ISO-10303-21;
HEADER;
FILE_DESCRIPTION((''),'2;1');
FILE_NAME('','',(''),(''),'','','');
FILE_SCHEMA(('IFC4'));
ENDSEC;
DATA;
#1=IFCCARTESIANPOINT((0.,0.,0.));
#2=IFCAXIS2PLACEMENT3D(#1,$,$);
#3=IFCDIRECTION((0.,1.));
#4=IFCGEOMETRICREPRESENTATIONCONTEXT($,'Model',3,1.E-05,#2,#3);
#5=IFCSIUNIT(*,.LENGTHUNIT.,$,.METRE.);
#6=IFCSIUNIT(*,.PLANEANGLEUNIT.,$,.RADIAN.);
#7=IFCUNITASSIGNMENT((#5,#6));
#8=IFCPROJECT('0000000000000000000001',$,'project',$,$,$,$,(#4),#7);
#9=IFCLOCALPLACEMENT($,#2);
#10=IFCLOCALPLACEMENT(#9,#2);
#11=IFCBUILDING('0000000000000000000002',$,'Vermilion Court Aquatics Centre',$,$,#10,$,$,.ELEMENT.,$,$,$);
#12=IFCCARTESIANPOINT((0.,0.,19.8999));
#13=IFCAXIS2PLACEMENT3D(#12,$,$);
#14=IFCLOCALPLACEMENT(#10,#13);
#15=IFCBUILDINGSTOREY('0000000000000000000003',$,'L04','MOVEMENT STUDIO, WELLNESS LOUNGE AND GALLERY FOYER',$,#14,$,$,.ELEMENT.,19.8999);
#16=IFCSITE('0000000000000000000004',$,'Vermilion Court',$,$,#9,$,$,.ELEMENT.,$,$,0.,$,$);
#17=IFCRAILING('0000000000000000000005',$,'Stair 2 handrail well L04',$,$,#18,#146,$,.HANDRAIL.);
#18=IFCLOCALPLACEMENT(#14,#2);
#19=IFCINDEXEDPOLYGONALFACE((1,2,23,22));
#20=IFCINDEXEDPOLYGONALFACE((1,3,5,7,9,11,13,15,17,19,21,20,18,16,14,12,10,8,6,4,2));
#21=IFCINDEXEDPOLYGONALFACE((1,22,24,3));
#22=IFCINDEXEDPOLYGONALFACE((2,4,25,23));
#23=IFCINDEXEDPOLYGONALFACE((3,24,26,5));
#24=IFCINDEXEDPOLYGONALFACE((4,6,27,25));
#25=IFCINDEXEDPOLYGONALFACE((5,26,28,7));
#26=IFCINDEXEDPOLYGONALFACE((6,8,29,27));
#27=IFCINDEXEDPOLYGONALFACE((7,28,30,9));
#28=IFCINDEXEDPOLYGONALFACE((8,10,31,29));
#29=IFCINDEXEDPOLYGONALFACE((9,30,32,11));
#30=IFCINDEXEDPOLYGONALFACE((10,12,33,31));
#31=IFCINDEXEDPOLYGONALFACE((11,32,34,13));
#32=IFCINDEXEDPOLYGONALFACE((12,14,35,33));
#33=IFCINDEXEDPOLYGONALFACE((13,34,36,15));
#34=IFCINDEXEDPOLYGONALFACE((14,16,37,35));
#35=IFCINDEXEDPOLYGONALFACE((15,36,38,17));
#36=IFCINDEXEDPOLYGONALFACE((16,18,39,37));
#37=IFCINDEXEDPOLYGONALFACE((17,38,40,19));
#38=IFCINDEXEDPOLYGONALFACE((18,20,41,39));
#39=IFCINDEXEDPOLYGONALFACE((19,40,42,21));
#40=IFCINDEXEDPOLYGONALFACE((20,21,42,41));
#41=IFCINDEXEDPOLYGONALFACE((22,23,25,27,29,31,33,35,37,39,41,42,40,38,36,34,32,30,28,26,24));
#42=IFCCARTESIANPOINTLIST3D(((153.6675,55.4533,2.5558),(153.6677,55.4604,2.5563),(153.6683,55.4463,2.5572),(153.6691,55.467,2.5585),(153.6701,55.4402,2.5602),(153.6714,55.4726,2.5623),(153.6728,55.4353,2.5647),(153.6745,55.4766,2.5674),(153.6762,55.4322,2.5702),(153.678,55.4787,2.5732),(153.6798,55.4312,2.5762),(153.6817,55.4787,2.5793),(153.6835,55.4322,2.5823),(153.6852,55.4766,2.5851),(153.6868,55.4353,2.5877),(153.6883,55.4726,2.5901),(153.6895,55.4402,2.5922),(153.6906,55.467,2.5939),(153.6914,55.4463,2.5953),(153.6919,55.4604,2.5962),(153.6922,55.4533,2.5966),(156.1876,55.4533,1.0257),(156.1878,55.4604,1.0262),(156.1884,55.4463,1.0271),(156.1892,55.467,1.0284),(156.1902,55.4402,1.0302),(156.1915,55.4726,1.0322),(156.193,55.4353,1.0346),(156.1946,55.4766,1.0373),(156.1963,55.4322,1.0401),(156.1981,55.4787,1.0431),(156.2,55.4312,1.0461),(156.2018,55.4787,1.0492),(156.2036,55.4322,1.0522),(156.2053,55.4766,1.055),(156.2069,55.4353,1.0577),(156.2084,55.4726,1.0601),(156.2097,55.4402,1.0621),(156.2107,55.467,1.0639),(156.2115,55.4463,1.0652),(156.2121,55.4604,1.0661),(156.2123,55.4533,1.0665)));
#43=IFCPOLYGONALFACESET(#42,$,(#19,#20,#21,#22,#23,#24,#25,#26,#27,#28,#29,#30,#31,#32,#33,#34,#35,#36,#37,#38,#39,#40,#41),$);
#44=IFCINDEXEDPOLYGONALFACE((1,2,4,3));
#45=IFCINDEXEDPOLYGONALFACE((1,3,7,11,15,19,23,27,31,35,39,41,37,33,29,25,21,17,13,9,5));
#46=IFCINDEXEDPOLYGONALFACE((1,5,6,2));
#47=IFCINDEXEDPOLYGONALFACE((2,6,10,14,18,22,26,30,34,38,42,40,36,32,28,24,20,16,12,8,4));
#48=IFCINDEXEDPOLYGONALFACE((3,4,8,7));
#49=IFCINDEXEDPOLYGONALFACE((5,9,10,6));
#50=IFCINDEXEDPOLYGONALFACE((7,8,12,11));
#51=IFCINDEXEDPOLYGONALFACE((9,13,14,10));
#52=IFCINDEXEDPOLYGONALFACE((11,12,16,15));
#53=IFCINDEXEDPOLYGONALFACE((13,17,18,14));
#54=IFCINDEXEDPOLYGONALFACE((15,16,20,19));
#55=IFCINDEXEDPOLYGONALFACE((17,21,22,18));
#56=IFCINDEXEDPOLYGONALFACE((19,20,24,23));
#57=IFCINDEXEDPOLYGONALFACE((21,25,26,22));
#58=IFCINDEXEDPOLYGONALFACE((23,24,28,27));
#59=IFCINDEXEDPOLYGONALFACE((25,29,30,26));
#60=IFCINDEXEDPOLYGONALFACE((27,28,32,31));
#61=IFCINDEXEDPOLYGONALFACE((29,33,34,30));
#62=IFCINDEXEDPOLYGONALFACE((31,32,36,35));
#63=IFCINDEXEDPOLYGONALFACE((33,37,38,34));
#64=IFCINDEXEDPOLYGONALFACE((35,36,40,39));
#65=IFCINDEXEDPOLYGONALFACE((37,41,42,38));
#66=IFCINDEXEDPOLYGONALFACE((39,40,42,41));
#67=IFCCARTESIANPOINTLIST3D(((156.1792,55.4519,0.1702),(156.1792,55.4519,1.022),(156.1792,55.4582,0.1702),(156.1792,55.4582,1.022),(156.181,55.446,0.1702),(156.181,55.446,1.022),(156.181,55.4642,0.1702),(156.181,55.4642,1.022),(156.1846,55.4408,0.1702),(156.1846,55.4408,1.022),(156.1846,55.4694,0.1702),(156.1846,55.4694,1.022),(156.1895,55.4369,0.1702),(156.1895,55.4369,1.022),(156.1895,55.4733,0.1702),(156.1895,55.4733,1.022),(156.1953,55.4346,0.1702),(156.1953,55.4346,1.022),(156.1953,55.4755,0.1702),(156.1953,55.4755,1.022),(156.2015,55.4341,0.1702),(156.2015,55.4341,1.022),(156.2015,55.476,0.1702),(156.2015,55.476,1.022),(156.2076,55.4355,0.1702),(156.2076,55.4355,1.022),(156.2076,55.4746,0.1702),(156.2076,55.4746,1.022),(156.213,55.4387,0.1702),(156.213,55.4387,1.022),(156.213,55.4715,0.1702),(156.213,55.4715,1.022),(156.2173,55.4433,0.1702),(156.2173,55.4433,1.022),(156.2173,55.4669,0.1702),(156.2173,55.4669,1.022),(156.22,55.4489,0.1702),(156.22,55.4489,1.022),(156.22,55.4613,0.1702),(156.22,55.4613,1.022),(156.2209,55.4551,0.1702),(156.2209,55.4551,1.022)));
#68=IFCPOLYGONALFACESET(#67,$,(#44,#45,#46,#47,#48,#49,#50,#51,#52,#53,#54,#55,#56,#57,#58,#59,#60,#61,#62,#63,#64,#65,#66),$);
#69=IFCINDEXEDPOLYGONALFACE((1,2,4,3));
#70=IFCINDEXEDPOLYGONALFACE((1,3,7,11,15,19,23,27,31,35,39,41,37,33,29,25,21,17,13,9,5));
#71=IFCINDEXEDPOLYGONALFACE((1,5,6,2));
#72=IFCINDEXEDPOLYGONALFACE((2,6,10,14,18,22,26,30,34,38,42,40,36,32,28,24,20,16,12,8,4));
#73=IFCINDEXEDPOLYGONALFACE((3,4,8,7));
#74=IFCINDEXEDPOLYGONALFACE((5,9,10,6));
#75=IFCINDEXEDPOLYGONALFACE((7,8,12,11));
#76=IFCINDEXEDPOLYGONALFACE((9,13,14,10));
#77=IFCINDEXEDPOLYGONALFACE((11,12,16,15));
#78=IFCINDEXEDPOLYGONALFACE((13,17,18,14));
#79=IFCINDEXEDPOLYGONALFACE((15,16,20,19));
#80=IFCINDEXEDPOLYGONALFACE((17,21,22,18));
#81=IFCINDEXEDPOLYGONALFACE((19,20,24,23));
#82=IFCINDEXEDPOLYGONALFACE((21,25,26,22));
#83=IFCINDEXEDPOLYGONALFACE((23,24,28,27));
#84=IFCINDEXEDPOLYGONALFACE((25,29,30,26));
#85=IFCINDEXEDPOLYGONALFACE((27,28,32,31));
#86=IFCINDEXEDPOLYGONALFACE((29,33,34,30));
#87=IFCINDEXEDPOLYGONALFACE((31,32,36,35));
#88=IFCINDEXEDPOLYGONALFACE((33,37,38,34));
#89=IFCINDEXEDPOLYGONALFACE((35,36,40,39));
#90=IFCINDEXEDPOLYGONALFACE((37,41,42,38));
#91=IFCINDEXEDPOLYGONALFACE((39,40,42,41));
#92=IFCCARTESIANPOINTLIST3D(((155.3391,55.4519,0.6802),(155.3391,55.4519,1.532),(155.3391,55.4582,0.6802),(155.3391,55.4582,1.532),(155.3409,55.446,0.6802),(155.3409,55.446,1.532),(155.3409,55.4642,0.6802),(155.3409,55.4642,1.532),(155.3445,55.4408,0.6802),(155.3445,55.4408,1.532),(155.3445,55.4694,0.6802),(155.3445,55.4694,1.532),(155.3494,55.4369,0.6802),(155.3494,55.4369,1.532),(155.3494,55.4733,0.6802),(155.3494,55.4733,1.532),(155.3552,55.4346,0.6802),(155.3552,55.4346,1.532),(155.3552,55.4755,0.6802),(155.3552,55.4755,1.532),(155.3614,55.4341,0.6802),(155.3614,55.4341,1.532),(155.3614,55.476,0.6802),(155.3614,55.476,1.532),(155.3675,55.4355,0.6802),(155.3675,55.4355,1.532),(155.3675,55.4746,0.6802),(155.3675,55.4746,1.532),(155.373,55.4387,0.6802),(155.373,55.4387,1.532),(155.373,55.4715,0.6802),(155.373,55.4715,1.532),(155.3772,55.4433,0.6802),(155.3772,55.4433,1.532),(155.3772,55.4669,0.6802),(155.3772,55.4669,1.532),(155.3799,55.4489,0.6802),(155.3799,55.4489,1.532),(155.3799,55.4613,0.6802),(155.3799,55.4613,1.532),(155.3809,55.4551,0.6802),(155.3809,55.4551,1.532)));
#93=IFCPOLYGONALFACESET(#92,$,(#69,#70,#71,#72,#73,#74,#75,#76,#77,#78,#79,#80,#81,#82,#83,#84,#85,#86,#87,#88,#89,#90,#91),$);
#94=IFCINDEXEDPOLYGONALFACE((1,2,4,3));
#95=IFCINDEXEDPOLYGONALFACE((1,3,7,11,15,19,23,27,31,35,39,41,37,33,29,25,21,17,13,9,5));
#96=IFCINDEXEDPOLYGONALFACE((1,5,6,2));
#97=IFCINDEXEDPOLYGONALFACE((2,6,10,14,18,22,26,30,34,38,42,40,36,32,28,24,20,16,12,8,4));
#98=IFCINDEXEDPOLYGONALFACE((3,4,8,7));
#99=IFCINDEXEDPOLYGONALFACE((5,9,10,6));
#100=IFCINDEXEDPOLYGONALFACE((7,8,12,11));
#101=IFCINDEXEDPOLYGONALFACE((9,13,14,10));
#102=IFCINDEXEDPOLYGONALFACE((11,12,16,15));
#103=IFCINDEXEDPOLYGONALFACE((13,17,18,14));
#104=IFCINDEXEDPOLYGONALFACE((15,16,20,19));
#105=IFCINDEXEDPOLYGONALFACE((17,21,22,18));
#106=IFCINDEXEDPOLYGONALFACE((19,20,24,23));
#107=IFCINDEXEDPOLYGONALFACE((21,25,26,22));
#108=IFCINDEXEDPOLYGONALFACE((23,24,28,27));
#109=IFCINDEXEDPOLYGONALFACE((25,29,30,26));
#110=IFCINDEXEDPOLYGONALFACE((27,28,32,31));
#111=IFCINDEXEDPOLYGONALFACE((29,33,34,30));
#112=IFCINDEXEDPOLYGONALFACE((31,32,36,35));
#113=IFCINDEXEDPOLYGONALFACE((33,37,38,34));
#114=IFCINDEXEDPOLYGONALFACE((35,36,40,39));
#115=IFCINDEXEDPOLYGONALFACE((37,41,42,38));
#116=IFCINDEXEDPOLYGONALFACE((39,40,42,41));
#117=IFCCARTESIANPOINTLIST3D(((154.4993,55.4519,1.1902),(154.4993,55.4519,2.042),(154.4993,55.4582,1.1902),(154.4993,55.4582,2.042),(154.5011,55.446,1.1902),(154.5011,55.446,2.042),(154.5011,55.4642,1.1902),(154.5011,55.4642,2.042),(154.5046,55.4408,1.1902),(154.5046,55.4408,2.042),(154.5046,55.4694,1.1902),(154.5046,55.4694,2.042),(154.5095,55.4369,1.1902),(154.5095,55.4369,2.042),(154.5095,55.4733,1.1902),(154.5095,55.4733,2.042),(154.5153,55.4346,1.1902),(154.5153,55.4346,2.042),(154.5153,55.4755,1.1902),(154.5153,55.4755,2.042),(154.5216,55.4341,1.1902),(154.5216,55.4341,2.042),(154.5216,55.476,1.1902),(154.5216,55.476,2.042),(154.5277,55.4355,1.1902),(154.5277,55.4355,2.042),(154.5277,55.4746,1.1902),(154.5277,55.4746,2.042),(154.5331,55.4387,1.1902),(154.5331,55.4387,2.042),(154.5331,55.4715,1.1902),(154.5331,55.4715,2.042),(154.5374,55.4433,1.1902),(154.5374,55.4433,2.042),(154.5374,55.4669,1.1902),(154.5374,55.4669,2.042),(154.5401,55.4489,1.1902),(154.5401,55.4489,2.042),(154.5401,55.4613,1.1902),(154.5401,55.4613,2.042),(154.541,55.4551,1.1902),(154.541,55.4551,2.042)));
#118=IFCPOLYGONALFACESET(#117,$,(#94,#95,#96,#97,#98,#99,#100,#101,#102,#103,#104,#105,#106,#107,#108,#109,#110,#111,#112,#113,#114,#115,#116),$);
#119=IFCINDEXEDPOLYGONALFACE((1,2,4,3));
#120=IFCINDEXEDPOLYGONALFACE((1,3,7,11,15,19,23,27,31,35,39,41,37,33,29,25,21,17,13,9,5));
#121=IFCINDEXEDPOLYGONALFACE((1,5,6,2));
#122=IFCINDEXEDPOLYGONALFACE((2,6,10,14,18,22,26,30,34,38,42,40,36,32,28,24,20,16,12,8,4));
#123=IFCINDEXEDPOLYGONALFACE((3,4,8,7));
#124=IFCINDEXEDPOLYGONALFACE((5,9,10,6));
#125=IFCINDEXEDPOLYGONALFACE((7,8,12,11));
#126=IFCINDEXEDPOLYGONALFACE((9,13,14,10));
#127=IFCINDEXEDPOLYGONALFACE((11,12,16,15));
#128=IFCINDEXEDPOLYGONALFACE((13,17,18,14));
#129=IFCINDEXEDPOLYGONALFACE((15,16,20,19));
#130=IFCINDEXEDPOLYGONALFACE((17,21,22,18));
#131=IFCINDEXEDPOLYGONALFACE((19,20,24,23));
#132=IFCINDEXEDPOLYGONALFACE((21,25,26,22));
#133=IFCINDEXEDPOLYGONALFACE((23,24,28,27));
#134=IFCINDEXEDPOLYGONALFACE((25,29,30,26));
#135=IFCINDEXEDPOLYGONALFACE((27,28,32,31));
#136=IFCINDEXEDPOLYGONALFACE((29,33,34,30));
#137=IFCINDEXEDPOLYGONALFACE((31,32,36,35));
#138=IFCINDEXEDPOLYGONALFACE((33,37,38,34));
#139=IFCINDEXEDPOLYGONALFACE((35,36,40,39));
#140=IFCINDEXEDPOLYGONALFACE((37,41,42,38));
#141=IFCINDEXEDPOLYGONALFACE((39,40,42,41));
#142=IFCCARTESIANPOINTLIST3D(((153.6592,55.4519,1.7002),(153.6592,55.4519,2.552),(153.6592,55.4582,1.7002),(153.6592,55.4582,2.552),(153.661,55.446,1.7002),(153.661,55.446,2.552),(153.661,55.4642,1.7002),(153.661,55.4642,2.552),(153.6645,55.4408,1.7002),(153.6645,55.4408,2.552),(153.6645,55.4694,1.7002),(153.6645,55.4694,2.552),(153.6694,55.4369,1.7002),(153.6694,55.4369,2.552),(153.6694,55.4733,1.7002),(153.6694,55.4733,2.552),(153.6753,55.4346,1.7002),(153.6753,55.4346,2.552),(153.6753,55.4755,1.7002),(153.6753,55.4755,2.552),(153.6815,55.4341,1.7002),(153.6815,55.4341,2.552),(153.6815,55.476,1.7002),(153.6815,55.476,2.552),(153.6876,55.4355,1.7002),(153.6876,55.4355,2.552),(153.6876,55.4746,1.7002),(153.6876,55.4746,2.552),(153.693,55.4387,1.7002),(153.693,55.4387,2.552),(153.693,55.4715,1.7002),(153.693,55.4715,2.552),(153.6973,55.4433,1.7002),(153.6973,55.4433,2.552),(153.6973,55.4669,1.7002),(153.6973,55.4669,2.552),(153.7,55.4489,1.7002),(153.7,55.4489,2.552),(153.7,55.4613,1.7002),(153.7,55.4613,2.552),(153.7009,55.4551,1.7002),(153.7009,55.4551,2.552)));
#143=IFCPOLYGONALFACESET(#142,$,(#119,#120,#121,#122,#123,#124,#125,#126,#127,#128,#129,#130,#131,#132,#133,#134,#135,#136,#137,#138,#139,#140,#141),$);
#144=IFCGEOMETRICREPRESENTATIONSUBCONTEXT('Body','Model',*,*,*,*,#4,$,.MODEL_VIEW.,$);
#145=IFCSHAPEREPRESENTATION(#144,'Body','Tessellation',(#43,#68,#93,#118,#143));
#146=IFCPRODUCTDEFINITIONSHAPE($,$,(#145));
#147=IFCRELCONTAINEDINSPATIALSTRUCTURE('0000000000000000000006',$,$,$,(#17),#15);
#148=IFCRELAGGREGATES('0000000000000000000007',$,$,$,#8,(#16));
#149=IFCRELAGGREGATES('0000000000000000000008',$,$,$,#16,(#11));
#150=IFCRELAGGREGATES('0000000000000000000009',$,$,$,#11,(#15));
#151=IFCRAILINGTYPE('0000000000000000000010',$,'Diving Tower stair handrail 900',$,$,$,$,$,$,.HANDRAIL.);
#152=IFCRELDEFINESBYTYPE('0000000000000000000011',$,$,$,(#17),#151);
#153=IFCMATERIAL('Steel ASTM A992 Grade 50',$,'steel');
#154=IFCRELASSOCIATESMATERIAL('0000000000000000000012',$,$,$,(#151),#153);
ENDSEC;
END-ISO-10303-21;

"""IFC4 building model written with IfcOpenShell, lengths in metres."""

from ifc_helpers import new_model, si_unit, direction, frame, origin, origin_2d, place, context, subcontext, project, spatial, circle, extrude, material, type_object, element, save


model = new_model("IFC4")

# Units and contexts
model_context = context("Model", 3, precision=1e-05, world=origin(), true_north=direction((0.0, 1.0)))
body_context = subcontext(model_context, "Body", "Model", "MODEL_VIEW")
ifc_project = project(units=[si_unit("LENGTHUNIT", "METRE"), si_unit("PLANEANGLEUNIT", "RADIAN")], contexts=[model_context])

# Site, building, storey
site_placement = place(None, origin())
site = spatial("IfcSite", under=ifc_project, at=site_placement, Name="Vermilion Court", CompositionType="ELEMENT", RefElevation=0.0)
building_placement = place(site_placement, origin())
building = spatial("IfcBuilding", under=site, at=building_placement, Name="Vermilion Court Aquatics Centre", CompositionType="ELEMENT")
storey_placement = place(building_placement, frame((0.0, 0.0, 19.8999)))
storey = spatial("IfcBuildingStorey", under=building, at=storey_placement, Name="L04", Description="MOVEMENT STUDIO, WELLNESS LOUNGE AND GALLERY FOYER", CompositionType="ELEMENT", Elevation=19.8999)

# Railing
ifc_material_1 = material(Name="Steel ASTM A992 Grade 50", Category="steel")
railing_type_1 = type_object("IfcRailingType", Name="Diving Tower stair handrail 900", PredefinedType="HANDRAIL", material=ifc_material_1)
railing_1_placement = place(storey_placement, frame((156.2, 55.4551, 0.1702)))
element("IfcRailing", 1, at=railing_1_placement, inside=storey, type_object=railing_type_1, Name="Stair 2 handrail well L04", PredefinedType="HANDRAIL", context=body_context, shape_type="SweptSolid", body=[
    extrude(circle(Radius=0.0239, at=origin_2d()), frame((0.0, 0.0, 0.876), z_axis=(-0.854785, 0.0, 0.518982), x_axis=(0.0, -1.0, 0.0)), (0.0, 0.0, 1.0), 2.9482),
    extrude(circle(Radius=0.021, at=origin_2d()), origin(), (0.0, 0.0, 1.0), 0.8518),
    extrude(circle(Radius=0.021, at=origin_2d()), frame((-0.8401, 0.0, 0.51)), (0.0, 0.0, 1.0), 0.8518),
    extrude(circle(Radius=0.021, at=origin_2d()), frame((-1.6799, 0.0, 1.02)), (0.0, 0.0, 1.0), 0.8518),
    extrude(circle(Radius=0.021, at=origin_2d()), frame((-2.52, 0.0, 1.53)), (0.0, 0.0, 1.0), 0.8518),
])

save(model, "model.ifc")
